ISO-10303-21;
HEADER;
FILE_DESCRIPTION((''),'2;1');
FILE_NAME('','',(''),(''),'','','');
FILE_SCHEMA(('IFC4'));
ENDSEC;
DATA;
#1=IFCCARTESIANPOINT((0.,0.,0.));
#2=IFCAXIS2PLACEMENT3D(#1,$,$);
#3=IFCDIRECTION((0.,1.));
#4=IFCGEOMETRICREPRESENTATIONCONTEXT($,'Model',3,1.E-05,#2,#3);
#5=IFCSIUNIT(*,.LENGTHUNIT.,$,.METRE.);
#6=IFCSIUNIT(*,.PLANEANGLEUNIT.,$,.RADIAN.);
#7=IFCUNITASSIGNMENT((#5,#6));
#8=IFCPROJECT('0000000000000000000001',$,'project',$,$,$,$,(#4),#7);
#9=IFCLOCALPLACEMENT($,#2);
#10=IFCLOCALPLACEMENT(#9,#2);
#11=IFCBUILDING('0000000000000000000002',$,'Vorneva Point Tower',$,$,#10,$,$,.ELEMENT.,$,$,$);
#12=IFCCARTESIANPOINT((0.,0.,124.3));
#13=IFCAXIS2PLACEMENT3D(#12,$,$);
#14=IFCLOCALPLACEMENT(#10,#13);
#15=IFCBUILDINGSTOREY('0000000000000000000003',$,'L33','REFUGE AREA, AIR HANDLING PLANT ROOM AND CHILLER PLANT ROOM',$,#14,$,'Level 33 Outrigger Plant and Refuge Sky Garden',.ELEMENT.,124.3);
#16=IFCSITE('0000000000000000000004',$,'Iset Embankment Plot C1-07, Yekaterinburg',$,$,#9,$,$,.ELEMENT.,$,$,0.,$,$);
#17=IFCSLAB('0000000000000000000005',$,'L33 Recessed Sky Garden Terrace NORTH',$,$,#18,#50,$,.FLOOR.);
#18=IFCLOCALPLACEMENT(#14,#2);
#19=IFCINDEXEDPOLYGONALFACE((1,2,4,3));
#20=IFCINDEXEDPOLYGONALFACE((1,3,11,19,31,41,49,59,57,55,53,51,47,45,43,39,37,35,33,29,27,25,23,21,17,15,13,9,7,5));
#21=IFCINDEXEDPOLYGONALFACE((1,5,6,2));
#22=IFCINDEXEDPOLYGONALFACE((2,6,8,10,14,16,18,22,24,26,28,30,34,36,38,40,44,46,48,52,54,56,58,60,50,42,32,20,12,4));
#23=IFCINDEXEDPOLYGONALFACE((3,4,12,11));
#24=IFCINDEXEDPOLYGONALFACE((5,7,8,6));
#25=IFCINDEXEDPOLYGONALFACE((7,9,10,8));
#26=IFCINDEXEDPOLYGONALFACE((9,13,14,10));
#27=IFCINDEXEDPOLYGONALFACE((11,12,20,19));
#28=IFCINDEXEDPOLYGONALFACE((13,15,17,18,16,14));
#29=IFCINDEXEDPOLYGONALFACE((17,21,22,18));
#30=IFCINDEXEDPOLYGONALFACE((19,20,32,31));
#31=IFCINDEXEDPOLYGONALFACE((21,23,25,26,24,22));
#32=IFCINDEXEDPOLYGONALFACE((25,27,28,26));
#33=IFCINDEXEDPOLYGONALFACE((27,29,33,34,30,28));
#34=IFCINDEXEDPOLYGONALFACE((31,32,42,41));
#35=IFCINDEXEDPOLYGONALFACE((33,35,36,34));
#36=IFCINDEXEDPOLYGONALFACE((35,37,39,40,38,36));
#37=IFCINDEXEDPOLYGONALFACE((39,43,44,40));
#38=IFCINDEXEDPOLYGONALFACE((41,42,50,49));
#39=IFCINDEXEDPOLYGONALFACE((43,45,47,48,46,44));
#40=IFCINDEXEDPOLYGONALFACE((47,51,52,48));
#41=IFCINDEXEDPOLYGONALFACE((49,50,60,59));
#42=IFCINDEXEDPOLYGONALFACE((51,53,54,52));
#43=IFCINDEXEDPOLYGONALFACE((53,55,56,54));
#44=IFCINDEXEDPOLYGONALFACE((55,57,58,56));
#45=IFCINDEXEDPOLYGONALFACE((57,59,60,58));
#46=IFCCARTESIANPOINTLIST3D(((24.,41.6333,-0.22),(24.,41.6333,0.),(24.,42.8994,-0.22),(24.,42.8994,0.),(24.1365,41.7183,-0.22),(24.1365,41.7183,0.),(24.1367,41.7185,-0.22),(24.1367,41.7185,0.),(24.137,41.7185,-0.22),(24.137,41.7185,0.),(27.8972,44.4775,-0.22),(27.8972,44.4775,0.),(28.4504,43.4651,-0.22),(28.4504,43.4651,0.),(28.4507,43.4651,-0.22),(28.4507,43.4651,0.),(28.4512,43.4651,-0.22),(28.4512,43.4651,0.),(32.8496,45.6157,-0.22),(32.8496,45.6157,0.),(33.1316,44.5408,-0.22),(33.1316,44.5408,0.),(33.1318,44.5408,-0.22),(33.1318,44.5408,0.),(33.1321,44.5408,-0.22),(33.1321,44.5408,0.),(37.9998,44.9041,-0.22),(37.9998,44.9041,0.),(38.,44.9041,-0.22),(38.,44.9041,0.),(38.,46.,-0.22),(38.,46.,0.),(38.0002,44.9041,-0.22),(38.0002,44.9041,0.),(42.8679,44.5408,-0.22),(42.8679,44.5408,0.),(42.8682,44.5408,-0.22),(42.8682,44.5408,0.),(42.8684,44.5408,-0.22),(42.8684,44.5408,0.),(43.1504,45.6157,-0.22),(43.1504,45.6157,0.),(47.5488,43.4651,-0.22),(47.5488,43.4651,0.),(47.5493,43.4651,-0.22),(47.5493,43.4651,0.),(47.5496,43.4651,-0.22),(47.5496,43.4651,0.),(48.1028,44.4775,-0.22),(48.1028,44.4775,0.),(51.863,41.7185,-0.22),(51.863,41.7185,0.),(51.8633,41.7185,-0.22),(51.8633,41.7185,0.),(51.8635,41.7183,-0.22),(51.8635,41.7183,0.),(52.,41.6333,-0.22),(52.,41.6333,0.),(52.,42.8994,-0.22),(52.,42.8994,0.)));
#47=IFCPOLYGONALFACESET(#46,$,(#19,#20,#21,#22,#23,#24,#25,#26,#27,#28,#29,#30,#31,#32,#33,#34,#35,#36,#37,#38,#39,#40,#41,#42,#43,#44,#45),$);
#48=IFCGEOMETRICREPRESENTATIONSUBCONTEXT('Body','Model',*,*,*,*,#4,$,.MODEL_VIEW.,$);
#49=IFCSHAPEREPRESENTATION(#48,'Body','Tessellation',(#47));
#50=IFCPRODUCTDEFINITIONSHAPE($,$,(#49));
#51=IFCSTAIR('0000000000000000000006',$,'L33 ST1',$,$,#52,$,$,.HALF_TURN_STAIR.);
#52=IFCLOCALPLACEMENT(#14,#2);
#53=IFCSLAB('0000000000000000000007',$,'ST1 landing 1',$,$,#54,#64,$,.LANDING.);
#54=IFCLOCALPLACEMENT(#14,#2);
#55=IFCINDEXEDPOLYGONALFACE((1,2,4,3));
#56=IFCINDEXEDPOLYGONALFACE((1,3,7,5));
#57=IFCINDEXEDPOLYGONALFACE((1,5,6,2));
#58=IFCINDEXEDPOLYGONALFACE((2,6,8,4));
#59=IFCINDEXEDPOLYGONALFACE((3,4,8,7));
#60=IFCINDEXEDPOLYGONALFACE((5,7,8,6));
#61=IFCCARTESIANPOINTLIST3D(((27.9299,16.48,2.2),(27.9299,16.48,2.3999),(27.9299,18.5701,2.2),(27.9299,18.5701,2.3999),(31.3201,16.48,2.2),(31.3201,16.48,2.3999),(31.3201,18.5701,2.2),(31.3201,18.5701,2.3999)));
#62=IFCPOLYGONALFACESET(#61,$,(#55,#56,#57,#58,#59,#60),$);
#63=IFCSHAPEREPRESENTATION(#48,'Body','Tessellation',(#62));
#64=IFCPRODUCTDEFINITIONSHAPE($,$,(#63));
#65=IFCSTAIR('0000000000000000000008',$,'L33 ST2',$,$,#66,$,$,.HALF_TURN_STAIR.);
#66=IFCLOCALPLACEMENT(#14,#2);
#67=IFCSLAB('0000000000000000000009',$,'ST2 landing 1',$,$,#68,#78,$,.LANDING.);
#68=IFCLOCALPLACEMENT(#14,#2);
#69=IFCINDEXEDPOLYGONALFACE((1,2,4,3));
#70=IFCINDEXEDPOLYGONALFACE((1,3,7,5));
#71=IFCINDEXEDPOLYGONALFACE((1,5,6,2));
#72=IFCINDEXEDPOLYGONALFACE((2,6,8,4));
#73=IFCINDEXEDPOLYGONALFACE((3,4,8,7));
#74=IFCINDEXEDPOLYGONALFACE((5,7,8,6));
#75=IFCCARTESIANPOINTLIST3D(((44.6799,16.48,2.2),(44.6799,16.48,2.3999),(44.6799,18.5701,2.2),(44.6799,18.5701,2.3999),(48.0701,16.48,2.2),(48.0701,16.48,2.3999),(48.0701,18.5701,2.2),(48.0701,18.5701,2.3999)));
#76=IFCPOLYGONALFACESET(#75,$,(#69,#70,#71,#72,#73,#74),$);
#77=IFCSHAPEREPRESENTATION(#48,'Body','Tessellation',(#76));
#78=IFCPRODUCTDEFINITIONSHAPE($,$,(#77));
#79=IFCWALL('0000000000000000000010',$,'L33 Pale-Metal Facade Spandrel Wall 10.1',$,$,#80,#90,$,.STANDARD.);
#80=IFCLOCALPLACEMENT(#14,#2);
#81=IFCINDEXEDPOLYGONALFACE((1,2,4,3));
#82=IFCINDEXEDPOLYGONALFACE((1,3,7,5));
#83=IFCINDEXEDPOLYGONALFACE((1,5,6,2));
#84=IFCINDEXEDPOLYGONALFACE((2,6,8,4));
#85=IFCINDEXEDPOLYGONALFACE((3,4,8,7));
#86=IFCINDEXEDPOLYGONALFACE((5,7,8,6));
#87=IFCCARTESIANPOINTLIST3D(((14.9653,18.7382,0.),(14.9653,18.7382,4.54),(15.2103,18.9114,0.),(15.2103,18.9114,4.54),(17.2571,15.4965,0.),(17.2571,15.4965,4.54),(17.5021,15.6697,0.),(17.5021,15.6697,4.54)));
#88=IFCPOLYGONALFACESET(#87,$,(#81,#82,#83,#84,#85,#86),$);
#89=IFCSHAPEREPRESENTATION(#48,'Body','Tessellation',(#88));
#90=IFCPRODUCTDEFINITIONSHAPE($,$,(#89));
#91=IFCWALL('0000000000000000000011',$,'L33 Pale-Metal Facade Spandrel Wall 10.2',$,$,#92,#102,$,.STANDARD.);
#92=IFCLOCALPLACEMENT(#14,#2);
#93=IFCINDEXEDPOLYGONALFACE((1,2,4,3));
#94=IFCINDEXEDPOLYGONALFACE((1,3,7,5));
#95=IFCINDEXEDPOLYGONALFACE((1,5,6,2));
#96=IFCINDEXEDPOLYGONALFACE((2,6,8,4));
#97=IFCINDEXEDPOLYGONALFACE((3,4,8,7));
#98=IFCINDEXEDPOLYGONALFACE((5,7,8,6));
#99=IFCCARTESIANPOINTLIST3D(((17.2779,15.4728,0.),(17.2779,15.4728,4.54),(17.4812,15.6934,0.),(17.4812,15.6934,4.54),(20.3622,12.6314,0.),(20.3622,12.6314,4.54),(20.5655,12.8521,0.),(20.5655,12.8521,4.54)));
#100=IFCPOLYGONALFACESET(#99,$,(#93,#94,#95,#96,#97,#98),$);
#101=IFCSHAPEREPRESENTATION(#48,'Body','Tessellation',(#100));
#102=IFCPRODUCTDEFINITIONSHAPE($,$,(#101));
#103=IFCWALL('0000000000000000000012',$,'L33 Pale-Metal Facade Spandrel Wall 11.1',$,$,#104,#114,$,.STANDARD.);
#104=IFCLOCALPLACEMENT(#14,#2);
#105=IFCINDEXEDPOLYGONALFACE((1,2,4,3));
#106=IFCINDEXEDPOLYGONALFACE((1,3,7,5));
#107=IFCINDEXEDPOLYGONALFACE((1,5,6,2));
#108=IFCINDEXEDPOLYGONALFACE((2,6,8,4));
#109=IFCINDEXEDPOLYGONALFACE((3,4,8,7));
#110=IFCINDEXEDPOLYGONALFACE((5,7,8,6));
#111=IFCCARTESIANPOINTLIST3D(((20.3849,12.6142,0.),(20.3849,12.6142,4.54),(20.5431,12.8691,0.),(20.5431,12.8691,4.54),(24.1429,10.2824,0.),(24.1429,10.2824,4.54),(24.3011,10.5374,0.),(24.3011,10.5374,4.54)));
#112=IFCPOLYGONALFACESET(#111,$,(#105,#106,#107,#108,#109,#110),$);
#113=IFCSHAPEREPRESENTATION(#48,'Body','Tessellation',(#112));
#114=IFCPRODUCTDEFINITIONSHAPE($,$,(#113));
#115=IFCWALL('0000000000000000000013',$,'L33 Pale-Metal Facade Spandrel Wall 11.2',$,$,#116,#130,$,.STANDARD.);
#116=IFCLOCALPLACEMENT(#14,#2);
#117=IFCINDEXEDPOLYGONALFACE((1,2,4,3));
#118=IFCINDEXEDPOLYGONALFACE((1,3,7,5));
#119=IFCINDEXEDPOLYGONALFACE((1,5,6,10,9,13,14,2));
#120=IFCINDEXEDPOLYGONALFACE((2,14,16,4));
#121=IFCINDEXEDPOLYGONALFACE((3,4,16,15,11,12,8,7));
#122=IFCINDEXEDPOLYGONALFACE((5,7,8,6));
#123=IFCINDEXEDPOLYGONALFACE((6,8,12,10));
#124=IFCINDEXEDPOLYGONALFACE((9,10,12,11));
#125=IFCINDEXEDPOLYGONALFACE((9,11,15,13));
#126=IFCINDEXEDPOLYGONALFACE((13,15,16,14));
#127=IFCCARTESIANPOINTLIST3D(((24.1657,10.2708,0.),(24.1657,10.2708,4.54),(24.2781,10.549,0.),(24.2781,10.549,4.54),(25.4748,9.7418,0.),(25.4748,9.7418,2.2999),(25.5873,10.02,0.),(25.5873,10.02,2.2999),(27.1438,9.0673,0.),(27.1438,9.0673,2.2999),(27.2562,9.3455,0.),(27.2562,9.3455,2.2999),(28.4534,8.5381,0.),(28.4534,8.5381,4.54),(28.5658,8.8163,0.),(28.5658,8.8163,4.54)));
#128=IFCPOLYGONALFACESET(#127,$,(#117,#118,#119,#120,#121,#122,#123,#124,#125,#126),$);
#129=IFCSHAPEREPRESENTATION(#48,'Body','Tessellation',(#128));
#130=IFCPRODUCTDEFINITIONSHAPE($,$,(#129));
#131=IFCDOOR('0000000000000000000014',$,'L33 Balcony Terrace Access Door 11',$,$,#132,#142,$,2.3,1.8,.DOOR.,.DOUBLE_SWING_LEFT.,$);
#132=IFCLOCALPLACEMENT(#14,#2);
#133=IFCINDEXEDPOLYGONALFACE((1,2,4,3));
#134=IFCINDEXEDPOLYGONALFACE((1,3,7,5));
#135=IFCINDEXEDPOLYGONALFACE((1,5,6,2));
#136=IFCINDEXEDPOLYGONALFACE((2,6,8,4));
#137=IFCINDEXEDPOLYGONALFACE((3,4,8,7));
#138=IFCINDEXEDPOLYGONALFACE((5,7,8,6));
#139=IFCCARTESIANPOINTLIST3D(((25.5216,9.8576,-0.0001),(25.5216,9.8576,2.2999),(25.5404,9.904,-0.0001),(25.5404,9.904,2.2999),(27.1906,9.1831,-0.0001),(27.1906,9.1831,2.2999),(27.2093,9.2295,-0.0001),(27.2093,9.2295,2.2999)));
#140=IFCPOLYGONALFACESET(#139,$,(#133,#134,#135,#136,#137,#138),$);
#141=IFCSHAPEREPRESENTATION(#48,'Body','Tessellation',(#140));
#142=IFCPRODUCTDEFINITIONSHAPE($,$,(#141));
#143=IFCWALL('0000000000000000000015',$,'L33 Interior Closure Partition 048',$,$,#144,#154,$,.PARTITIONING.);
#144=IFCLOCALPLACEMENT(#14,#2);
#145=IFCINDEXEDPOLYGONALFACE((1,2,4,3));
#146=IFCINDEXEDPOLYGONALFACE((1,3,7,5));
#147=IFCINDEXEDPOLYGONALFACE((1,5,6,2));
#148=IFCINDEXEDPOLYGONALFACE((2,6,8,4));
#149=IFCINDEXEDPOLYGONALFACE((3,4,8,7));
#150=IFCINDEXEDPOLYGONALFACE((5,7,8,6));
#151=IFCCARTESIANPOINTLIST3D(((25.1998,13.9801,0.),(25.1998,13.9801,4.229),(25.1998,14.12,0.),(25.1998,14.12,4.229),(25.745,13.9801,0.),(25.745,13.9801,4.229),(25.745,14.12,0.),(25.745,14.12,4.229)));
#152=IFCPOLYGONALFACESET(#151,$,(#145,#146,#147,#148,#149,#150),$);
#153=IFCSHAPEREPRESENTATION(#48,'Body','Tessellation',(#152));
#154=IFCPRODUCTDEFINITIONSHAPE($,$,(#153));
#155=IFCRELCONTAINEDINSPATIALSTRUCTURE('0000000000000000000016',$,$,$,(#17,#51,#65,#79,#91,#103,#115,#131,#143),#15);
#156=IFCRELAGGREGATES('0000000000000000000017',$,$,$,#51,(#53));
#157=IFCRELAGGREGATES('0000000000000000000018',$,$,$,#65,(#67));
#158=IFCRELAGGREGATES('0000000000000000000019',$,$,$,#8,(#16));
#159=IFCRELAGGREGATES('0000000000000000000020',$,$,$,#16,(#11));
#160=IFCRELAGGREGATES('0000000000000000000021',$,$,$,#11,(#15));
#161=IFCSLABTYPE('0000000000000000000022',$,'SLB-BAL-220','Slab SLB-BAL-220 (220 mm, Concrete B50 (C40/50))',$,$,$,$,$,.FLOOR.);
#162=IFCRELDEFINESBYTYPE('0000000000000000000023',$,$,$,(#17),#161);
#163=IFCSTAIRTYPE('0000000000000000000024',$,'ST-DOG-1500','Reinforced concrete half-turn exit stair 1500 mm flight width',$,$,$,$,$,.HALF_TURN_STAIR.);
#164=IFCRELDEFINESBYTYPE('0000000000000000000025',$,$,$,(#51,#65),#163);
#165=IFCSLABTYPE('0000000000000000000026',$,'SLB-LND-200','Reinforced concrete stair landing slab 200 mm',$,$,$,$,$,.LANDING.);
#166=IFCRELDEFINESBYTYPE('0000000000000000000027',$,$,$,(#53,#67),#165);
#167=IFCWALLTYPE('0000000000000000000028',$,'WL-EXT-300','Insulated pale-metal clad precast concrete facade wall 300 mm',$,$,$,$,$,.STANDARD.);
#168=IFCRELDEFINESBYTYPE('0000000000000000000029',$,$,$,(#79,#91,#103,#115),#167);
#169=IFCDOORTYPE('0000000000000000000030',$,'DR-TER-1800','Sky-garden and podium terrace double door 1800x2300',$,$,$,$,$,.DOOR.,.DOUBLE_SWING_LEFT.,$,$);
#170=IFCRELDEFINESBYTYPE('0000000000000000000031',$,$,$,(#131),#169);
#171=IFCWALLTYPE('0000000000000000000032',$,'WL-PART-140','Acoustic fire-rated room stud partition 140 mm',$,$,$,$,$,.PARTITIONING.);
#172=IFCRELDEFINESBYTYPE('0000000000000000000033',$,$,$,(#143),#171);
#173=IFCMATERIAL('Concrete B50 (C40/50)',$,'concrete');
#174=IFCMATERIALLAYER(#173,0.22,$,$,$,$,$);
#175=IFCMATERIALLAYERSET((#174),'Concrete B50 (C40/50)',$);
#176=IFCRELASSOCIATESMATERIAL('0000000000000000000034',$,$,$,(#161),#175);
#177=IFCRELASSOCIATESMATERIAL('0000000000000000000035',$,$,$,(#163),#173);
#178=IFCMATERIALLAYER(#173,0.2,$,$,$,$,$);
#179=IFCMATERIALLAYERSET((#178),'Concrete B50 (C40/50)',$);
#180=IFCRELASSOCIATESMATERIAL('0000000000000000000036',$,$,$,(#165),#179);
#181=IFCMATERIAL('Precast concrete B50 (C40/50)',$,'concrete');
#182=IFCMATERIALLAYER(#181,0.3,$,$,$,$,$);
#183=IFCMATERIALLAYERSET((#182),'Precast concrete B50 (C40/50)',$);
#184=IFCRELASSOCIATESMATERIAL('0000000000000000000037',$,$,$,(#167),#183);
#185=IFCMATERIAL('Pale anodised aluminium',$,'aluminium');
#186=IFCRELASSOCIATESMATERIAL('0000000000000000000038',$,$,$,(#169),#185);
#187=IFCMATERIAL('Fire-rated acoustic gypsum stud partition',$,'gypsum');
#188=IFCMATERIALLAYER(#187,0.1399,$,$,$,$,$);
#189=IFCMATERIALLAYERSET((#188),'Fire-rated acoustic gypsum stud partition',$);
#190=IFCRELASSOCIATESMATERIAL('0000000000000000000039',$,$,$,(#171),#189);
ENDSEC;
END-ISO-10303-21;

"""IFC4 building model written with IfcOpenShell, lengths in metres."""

from ifc_helpers import new_model, si_unit, direction, frame, frame_2d, origin, place, context, subcontext, project, spatial, polyline, rectangle, outline, extrude, material, layer, layer_set, type_object, element, fill, aggregate, save


model = new_model("IFC4")

# Units and contexts
model_context = context("Model", 3, precision=1e-05, world=origin(), true_north=direction((0.0, 1.0)))
body_context = subcontext(model_context, "Body", "Model", "MODEL_VIEW")
ifc_project = project(units=[si_unit("LENGTHUNIT", "METRE"), si_unit("PLANEANGLEUNIT", "RADIAN")], contexts=[model_context])

# Site, building, storey
site_placement = place(None, origin())
site = spatial("IfcSite", under=ifc_project, at=site_placement, Name="Iset Embankment Plot C1-07, Yekaterinburg", CompositionType="ELEMENT", RefElevation=0.0)
building_placement = place(site_placement, origin())
building = spatial("IfcBuilding", under=site, at=building_placement, Name="Vorneva Point Tower", CompositionType="ELEMENT")
storey_placement = place(building_placement, frame((0.0, 0.0, 124.3)))
storey = spatial("IfcBuildingStorey", under=building, at=storey_placement, Name="L33", Description="REFUGE AREA, AIR HANDLING PLANT ROOM AND CHILLER PLANT ROOM", LongName="Level 33 Outrigger Plant and Refuge Sky Garden", CompositionType="ELEMENT", Elevation=124.3)

# Slab
ifc_material_1 = material(Name="Concrete B50 (C40/50)", Category="concrete")
ifc_layer_1 = layer(ifc_material_1, 0.22)
ifc_layer_set_1 = layer_set([ifc_layer_1], Name="Concrete B50 (C40/50)")
slab_type_1 = type_object("IfcSlabType", Name="SLB-BAL-220", Description="Slab SLB-BAL-220 (220 mm, Concrete B50 (C40/50))", PredefinedType="FLOOR", material=ifc_layer_set_1)
slab_1_placement = place(storey_placement, frame((0.0, 0.0, -0.22)))
element("IfcSlab", 1, at=slab_1_placement, inside=storey, type_object=slab_type_1, Name="L33 Recessed Sky Garden Terrace NORTH", PredefinedType="FLOOR", context=body_context, shape_type="SweptSolid", body=[
    extrude(outline(polyline([(24.0, 42.8994), (24.0, 41.6333), (24.1365, 41.7183), (24.1367, 41.7185), (24.137, 41.7185), (28.4504, 43.4651), (28.4507, 43.4651), (28.4512, 43.4651), (33.1316, 44.5408), (33.1318, 44.5408), (33.1321, 44.5408), (37.9998, 44.9041), (38.0, 44.9041), (38.0002, 44.9041), (42.8679, 44.5408), (42.8682, 44.5408), (42.8684, 44.5408), (47.5488, 43.4651), (47.5493, 43.4651), (47.5496, 43.4651), (51.863, 41.7185), (51.8633, 41.7185), (51.8635, 41.7183), (52.0, 41.6333), (52.0, 42.8994), (48.1028, 44.4775), (43.1504, 45.6157), (38.0, 46.0), (32.8496, 45.6157), (27.8972, 44.4775), (24.0, 42.8994)])), origin(), (0.0, 0.0, 1.0), 0.22),
])

# Stairs, slabs
stair_type = type_object("IfcStairType", Name="ST-DOG-1500", Description="Reinforced concrete half-turn exit stair 1500 mm flight width", PredefinedType="HALF_TURN_STAIR", material=ifc_material_1)
stair_1_placement = place(storey_placement, origin())
stair_1 = element("IfcStair", 2, at=stair_1_placement, inside=storey, type_object=stair_type, Name="L33 ST1", PredefinedType="HALF_TURN_STAIR")
ifc_layer_2 = layer(ifc_material_1, 0.2)
ifc_layer_set_2 = layer_set([ifc_layer_2], Name="Concrete B50 (C40/50)")
slab_type_2 = type_object("IfcSlabType", Name="SLB-LND-200", Description="Reinforced concrete stair landing slab 200 mm", PredefinedType="LANDING", material=ifc_layer_set_2)
slab_2_placement = place(storey_placement, frame((0.0, 0.0, 2.2)))
slab_2 = element("IfcSlab", 3, at=slab_2_placement, type_object=slab_type_2, Name="ST1 landing 1", PredefinedType="LANDING", context=body_context, shape_type="SweptSolid", body=[
    extrude(outline(polyline([(27.9299, 16.48), (31.3201, 16.48), (31.3201, 18.5701), (27.9299, 18.5701), (27.9299, 16.48)])), origin(), (0.0, 0.0, 1.0), 0.2),
])
aggregate(stair_1, [slab_2])
stair_2_placement = place(storey_placement, origin())
stair_2 = element("IfcStair", 4, at=stair_2_placement, inside=storey, type_object=stair_type, Name="L33 ST2", PredefinedType="HALF_TURN_STAIR")
slab_3_placement = place(storey_placement, frame((0.0, 0.0, 2.2)))
slab_3 = element("IfcSlab", 5, at=slab_3_placement, type_object=slab_type_2, Name="ST2 landing 1", PredefinedType="LANDING", context=body_context, shape_type="SweptSolid", body=[
    extrude(outline(polyline([(44.6799, 16.48), (48.0701, 16.48), (48.0701, 18.5701), (44.6799, 18.5701), (44.6799, 16.48)])), origin(), (0.0, 0.0, 1.0), 0.2),
])
aggregate(stair_2, [slab_3])

# Walls
ifc_material_2 = material(Name="Precast concrete B50 (C40/50)", Category="concrete")
ifc_layer_3 = layer(ifc_material_2, 0.3)
ifc_layer_set_3 = layer_set([ifc_layer_3], Name="Precast concrete B50 (C40/50)")
wall_type_1 = type_object("IfcWallType", Name="WL-EXT-300", Description="Insulated pale-metal clad precast concrete facade wall 300 mm", PredefinedType="STANDARD", material=ifc_layer_set_3)
wall_1_placement = place(storey_placement, frame((15.0879, 18.8247, 0.0), z_axis=(0.0, 0.0, 1.0), x_axis=(0.57727, -0.816554, 0.0)))
element("IfcWall", 6, at=wall_1_placement, inside=storey, type_object=wall_type_1, Name="L33 Pale-Metal Facade Spandrel Wall 10.1", PredefinedType="STANDARD", context=body_context, shape_type="SweptSolid", body=[
    extrude(rectangle(XDim=3.97, YDim=0.3, at=frame_2d((1.9849, 0.0))), origin(), (0.0, 0.0, 1.0), 4.54),
])
wall_2_placement = place(storey_placement, frame((17.3796, 15.583, 0.0), z_axis=(0.0, 0.0, 1.0), x_axis=(0.735477, -0.67755, 0.0)))
element("IfcWall", 7, at=wall_2_placement, inside=storey, type_object=wall_type_1, Name="L33 Pale-Metal Facade Spandrel Wall 10.2", PredefinedType="STANDARD", context=body_context, shape_type="SweptSolid", body=[
    extrude(rectangle(XDim=4.1936, YDim=0.3, at=frame_2d((2.0967, 0.0))), origin(), (0.0, 0.0, 1.0), 4.54),
])
wall_3_placement = place(storey_placement, frame((20.4639, 12.7417, 0.0), z_axis=(0.0, 0.0, 1.0), x_axis=(0.849721, -0.527232, 0.0)))
element("IfcWall", 8, at=wall_3_placement, inside=storey, type_object=wall_type_1, Name="L33 Pale-Metal Facade Spandrel Wall 11.1", PredefinedType="STANDARD", context=body_context, shape_type="SweptSolid", body=[
    extrude(rectangle(XDim=4.4226, YDim=0.3, at=frame_2d((2.2114, 0.0))), origin(), (0.0, 0.0, 1.0), 4.54),
])

# Wall, opening, door
wall_4_placement = place(storey_placement, frame((24.2219, 10.4099, 0.0), z_axis=(0.0, 0.0, 1.0), x_axis=(0.927157, -0.374674, 0.0)))
wall_4 = element("IfcWall", 9, at=wall_4_placement, inside=storey, type_object=wall_type_1, Name="L33 Pale-Metal Facade Spandrel Wall 11.2", PredefinedType="STANDARD", context=body_context, shape_type="SweptSolid", body=[
    extrude(rectangle(XDim=4.6245, YDim=0.3, at=frame_2d((2.3123, 0.0))), origin(), (0.0, 0.0, 1.0), 4.54),
])
opening_placement = place(wall_4_placement, frame((1.4121, 0.0, 0.0)))
opening = element("IfcOpeningElement", 10, at=opening_placement, cuts=wall_4, PredefinedType="OPENING", context=body_context, shape_type="SweptSolid", body=[
    extrude(rectangle(XDim=1.8, YDim=2.3, at=frame_2d((0.8999, 1.1499))), frame((0.0, 0.165, 0.0), z_axis=(0.0, -1.0, 0.0), x_axis=(1.0, 0.0, 0.0)), (0.0, 0.0, 1.0), 0.3298),
])
ifc_material_3 = material(Name="Pale anodised aluminium", Category="aluminium")
door_type = type_object("IfcDoorType", Name="DR-TER-1800", Description="Sky-garden and podium terrace double door 1800x2300", OperationType="DOUBLE_SWING_LEFT", PredefinedType="DOOR", material=ifc_material_3)
door_placement = place(opening_placement, origin())
door = element("IfcDoor", 11, at=door_placement, inside=storey, type_object=door_type, Name="L33 Balcony Terrace Access Door 11", OperationType="DOUBLE_SWING_LEFT", OverallHeight=2.3, OverallWidth=1.8, PredefinedType="DOOR", context=body_context, shape_type="SweptSolid", body=[
    extrude(rectangle(XDim=1.8, YDim=2.3, at=frame_2d((0.8999, 1.1499))), frame((0.0, 0.0249, 0.0), z_axis=(0.0, -1.0, 0.0), x_axis=(1.0, 0.0, 0.0)), (0.0, 0.0, 1.0), 0.05),
])
fill(opening, door)

# Wall
ifc_material_4 = material(Name="Fire-rated acoustic gypsum stud partition", Category="gypsum")
ifc_layer_4 = layer(ifc_material_4, 0.1399)
ifc_layer_set_4 = layer_set([ifc_layer_4], Name="Fire-rated acoustic gypsum stud partition")
wall_type_2 = type_object("IfcWallType", Name="WL-PART-140", Description="Acoustic fire-rated room stud partition 140 mm", PredefinedType="PARTITIONING", material=ifc_layer_set_4)
wall_5_placement = place(storey_placement, frame((25.2, 14.05, 0.0), z_axis=(0.0, 0.0, 1.0), x_axis=(1.0, 0.0, 0.0)))
element("IfcWall", 12, at=wall_5_placement, inside=storey, type_object=wall_type_2, Name="L33 Interior Closure Partition 048", PredefinedType="PARTITIONING", context=body_context, shape_type="SweptSolid", body=[
    extrude(rectangle(XDim=0.5452, YDim=0.1399, at=frame_2d((0.2725, 0.0))), origin(), (0.0, 0.0, 1.0), 4.229),
])

save(model, "model.ifc")
